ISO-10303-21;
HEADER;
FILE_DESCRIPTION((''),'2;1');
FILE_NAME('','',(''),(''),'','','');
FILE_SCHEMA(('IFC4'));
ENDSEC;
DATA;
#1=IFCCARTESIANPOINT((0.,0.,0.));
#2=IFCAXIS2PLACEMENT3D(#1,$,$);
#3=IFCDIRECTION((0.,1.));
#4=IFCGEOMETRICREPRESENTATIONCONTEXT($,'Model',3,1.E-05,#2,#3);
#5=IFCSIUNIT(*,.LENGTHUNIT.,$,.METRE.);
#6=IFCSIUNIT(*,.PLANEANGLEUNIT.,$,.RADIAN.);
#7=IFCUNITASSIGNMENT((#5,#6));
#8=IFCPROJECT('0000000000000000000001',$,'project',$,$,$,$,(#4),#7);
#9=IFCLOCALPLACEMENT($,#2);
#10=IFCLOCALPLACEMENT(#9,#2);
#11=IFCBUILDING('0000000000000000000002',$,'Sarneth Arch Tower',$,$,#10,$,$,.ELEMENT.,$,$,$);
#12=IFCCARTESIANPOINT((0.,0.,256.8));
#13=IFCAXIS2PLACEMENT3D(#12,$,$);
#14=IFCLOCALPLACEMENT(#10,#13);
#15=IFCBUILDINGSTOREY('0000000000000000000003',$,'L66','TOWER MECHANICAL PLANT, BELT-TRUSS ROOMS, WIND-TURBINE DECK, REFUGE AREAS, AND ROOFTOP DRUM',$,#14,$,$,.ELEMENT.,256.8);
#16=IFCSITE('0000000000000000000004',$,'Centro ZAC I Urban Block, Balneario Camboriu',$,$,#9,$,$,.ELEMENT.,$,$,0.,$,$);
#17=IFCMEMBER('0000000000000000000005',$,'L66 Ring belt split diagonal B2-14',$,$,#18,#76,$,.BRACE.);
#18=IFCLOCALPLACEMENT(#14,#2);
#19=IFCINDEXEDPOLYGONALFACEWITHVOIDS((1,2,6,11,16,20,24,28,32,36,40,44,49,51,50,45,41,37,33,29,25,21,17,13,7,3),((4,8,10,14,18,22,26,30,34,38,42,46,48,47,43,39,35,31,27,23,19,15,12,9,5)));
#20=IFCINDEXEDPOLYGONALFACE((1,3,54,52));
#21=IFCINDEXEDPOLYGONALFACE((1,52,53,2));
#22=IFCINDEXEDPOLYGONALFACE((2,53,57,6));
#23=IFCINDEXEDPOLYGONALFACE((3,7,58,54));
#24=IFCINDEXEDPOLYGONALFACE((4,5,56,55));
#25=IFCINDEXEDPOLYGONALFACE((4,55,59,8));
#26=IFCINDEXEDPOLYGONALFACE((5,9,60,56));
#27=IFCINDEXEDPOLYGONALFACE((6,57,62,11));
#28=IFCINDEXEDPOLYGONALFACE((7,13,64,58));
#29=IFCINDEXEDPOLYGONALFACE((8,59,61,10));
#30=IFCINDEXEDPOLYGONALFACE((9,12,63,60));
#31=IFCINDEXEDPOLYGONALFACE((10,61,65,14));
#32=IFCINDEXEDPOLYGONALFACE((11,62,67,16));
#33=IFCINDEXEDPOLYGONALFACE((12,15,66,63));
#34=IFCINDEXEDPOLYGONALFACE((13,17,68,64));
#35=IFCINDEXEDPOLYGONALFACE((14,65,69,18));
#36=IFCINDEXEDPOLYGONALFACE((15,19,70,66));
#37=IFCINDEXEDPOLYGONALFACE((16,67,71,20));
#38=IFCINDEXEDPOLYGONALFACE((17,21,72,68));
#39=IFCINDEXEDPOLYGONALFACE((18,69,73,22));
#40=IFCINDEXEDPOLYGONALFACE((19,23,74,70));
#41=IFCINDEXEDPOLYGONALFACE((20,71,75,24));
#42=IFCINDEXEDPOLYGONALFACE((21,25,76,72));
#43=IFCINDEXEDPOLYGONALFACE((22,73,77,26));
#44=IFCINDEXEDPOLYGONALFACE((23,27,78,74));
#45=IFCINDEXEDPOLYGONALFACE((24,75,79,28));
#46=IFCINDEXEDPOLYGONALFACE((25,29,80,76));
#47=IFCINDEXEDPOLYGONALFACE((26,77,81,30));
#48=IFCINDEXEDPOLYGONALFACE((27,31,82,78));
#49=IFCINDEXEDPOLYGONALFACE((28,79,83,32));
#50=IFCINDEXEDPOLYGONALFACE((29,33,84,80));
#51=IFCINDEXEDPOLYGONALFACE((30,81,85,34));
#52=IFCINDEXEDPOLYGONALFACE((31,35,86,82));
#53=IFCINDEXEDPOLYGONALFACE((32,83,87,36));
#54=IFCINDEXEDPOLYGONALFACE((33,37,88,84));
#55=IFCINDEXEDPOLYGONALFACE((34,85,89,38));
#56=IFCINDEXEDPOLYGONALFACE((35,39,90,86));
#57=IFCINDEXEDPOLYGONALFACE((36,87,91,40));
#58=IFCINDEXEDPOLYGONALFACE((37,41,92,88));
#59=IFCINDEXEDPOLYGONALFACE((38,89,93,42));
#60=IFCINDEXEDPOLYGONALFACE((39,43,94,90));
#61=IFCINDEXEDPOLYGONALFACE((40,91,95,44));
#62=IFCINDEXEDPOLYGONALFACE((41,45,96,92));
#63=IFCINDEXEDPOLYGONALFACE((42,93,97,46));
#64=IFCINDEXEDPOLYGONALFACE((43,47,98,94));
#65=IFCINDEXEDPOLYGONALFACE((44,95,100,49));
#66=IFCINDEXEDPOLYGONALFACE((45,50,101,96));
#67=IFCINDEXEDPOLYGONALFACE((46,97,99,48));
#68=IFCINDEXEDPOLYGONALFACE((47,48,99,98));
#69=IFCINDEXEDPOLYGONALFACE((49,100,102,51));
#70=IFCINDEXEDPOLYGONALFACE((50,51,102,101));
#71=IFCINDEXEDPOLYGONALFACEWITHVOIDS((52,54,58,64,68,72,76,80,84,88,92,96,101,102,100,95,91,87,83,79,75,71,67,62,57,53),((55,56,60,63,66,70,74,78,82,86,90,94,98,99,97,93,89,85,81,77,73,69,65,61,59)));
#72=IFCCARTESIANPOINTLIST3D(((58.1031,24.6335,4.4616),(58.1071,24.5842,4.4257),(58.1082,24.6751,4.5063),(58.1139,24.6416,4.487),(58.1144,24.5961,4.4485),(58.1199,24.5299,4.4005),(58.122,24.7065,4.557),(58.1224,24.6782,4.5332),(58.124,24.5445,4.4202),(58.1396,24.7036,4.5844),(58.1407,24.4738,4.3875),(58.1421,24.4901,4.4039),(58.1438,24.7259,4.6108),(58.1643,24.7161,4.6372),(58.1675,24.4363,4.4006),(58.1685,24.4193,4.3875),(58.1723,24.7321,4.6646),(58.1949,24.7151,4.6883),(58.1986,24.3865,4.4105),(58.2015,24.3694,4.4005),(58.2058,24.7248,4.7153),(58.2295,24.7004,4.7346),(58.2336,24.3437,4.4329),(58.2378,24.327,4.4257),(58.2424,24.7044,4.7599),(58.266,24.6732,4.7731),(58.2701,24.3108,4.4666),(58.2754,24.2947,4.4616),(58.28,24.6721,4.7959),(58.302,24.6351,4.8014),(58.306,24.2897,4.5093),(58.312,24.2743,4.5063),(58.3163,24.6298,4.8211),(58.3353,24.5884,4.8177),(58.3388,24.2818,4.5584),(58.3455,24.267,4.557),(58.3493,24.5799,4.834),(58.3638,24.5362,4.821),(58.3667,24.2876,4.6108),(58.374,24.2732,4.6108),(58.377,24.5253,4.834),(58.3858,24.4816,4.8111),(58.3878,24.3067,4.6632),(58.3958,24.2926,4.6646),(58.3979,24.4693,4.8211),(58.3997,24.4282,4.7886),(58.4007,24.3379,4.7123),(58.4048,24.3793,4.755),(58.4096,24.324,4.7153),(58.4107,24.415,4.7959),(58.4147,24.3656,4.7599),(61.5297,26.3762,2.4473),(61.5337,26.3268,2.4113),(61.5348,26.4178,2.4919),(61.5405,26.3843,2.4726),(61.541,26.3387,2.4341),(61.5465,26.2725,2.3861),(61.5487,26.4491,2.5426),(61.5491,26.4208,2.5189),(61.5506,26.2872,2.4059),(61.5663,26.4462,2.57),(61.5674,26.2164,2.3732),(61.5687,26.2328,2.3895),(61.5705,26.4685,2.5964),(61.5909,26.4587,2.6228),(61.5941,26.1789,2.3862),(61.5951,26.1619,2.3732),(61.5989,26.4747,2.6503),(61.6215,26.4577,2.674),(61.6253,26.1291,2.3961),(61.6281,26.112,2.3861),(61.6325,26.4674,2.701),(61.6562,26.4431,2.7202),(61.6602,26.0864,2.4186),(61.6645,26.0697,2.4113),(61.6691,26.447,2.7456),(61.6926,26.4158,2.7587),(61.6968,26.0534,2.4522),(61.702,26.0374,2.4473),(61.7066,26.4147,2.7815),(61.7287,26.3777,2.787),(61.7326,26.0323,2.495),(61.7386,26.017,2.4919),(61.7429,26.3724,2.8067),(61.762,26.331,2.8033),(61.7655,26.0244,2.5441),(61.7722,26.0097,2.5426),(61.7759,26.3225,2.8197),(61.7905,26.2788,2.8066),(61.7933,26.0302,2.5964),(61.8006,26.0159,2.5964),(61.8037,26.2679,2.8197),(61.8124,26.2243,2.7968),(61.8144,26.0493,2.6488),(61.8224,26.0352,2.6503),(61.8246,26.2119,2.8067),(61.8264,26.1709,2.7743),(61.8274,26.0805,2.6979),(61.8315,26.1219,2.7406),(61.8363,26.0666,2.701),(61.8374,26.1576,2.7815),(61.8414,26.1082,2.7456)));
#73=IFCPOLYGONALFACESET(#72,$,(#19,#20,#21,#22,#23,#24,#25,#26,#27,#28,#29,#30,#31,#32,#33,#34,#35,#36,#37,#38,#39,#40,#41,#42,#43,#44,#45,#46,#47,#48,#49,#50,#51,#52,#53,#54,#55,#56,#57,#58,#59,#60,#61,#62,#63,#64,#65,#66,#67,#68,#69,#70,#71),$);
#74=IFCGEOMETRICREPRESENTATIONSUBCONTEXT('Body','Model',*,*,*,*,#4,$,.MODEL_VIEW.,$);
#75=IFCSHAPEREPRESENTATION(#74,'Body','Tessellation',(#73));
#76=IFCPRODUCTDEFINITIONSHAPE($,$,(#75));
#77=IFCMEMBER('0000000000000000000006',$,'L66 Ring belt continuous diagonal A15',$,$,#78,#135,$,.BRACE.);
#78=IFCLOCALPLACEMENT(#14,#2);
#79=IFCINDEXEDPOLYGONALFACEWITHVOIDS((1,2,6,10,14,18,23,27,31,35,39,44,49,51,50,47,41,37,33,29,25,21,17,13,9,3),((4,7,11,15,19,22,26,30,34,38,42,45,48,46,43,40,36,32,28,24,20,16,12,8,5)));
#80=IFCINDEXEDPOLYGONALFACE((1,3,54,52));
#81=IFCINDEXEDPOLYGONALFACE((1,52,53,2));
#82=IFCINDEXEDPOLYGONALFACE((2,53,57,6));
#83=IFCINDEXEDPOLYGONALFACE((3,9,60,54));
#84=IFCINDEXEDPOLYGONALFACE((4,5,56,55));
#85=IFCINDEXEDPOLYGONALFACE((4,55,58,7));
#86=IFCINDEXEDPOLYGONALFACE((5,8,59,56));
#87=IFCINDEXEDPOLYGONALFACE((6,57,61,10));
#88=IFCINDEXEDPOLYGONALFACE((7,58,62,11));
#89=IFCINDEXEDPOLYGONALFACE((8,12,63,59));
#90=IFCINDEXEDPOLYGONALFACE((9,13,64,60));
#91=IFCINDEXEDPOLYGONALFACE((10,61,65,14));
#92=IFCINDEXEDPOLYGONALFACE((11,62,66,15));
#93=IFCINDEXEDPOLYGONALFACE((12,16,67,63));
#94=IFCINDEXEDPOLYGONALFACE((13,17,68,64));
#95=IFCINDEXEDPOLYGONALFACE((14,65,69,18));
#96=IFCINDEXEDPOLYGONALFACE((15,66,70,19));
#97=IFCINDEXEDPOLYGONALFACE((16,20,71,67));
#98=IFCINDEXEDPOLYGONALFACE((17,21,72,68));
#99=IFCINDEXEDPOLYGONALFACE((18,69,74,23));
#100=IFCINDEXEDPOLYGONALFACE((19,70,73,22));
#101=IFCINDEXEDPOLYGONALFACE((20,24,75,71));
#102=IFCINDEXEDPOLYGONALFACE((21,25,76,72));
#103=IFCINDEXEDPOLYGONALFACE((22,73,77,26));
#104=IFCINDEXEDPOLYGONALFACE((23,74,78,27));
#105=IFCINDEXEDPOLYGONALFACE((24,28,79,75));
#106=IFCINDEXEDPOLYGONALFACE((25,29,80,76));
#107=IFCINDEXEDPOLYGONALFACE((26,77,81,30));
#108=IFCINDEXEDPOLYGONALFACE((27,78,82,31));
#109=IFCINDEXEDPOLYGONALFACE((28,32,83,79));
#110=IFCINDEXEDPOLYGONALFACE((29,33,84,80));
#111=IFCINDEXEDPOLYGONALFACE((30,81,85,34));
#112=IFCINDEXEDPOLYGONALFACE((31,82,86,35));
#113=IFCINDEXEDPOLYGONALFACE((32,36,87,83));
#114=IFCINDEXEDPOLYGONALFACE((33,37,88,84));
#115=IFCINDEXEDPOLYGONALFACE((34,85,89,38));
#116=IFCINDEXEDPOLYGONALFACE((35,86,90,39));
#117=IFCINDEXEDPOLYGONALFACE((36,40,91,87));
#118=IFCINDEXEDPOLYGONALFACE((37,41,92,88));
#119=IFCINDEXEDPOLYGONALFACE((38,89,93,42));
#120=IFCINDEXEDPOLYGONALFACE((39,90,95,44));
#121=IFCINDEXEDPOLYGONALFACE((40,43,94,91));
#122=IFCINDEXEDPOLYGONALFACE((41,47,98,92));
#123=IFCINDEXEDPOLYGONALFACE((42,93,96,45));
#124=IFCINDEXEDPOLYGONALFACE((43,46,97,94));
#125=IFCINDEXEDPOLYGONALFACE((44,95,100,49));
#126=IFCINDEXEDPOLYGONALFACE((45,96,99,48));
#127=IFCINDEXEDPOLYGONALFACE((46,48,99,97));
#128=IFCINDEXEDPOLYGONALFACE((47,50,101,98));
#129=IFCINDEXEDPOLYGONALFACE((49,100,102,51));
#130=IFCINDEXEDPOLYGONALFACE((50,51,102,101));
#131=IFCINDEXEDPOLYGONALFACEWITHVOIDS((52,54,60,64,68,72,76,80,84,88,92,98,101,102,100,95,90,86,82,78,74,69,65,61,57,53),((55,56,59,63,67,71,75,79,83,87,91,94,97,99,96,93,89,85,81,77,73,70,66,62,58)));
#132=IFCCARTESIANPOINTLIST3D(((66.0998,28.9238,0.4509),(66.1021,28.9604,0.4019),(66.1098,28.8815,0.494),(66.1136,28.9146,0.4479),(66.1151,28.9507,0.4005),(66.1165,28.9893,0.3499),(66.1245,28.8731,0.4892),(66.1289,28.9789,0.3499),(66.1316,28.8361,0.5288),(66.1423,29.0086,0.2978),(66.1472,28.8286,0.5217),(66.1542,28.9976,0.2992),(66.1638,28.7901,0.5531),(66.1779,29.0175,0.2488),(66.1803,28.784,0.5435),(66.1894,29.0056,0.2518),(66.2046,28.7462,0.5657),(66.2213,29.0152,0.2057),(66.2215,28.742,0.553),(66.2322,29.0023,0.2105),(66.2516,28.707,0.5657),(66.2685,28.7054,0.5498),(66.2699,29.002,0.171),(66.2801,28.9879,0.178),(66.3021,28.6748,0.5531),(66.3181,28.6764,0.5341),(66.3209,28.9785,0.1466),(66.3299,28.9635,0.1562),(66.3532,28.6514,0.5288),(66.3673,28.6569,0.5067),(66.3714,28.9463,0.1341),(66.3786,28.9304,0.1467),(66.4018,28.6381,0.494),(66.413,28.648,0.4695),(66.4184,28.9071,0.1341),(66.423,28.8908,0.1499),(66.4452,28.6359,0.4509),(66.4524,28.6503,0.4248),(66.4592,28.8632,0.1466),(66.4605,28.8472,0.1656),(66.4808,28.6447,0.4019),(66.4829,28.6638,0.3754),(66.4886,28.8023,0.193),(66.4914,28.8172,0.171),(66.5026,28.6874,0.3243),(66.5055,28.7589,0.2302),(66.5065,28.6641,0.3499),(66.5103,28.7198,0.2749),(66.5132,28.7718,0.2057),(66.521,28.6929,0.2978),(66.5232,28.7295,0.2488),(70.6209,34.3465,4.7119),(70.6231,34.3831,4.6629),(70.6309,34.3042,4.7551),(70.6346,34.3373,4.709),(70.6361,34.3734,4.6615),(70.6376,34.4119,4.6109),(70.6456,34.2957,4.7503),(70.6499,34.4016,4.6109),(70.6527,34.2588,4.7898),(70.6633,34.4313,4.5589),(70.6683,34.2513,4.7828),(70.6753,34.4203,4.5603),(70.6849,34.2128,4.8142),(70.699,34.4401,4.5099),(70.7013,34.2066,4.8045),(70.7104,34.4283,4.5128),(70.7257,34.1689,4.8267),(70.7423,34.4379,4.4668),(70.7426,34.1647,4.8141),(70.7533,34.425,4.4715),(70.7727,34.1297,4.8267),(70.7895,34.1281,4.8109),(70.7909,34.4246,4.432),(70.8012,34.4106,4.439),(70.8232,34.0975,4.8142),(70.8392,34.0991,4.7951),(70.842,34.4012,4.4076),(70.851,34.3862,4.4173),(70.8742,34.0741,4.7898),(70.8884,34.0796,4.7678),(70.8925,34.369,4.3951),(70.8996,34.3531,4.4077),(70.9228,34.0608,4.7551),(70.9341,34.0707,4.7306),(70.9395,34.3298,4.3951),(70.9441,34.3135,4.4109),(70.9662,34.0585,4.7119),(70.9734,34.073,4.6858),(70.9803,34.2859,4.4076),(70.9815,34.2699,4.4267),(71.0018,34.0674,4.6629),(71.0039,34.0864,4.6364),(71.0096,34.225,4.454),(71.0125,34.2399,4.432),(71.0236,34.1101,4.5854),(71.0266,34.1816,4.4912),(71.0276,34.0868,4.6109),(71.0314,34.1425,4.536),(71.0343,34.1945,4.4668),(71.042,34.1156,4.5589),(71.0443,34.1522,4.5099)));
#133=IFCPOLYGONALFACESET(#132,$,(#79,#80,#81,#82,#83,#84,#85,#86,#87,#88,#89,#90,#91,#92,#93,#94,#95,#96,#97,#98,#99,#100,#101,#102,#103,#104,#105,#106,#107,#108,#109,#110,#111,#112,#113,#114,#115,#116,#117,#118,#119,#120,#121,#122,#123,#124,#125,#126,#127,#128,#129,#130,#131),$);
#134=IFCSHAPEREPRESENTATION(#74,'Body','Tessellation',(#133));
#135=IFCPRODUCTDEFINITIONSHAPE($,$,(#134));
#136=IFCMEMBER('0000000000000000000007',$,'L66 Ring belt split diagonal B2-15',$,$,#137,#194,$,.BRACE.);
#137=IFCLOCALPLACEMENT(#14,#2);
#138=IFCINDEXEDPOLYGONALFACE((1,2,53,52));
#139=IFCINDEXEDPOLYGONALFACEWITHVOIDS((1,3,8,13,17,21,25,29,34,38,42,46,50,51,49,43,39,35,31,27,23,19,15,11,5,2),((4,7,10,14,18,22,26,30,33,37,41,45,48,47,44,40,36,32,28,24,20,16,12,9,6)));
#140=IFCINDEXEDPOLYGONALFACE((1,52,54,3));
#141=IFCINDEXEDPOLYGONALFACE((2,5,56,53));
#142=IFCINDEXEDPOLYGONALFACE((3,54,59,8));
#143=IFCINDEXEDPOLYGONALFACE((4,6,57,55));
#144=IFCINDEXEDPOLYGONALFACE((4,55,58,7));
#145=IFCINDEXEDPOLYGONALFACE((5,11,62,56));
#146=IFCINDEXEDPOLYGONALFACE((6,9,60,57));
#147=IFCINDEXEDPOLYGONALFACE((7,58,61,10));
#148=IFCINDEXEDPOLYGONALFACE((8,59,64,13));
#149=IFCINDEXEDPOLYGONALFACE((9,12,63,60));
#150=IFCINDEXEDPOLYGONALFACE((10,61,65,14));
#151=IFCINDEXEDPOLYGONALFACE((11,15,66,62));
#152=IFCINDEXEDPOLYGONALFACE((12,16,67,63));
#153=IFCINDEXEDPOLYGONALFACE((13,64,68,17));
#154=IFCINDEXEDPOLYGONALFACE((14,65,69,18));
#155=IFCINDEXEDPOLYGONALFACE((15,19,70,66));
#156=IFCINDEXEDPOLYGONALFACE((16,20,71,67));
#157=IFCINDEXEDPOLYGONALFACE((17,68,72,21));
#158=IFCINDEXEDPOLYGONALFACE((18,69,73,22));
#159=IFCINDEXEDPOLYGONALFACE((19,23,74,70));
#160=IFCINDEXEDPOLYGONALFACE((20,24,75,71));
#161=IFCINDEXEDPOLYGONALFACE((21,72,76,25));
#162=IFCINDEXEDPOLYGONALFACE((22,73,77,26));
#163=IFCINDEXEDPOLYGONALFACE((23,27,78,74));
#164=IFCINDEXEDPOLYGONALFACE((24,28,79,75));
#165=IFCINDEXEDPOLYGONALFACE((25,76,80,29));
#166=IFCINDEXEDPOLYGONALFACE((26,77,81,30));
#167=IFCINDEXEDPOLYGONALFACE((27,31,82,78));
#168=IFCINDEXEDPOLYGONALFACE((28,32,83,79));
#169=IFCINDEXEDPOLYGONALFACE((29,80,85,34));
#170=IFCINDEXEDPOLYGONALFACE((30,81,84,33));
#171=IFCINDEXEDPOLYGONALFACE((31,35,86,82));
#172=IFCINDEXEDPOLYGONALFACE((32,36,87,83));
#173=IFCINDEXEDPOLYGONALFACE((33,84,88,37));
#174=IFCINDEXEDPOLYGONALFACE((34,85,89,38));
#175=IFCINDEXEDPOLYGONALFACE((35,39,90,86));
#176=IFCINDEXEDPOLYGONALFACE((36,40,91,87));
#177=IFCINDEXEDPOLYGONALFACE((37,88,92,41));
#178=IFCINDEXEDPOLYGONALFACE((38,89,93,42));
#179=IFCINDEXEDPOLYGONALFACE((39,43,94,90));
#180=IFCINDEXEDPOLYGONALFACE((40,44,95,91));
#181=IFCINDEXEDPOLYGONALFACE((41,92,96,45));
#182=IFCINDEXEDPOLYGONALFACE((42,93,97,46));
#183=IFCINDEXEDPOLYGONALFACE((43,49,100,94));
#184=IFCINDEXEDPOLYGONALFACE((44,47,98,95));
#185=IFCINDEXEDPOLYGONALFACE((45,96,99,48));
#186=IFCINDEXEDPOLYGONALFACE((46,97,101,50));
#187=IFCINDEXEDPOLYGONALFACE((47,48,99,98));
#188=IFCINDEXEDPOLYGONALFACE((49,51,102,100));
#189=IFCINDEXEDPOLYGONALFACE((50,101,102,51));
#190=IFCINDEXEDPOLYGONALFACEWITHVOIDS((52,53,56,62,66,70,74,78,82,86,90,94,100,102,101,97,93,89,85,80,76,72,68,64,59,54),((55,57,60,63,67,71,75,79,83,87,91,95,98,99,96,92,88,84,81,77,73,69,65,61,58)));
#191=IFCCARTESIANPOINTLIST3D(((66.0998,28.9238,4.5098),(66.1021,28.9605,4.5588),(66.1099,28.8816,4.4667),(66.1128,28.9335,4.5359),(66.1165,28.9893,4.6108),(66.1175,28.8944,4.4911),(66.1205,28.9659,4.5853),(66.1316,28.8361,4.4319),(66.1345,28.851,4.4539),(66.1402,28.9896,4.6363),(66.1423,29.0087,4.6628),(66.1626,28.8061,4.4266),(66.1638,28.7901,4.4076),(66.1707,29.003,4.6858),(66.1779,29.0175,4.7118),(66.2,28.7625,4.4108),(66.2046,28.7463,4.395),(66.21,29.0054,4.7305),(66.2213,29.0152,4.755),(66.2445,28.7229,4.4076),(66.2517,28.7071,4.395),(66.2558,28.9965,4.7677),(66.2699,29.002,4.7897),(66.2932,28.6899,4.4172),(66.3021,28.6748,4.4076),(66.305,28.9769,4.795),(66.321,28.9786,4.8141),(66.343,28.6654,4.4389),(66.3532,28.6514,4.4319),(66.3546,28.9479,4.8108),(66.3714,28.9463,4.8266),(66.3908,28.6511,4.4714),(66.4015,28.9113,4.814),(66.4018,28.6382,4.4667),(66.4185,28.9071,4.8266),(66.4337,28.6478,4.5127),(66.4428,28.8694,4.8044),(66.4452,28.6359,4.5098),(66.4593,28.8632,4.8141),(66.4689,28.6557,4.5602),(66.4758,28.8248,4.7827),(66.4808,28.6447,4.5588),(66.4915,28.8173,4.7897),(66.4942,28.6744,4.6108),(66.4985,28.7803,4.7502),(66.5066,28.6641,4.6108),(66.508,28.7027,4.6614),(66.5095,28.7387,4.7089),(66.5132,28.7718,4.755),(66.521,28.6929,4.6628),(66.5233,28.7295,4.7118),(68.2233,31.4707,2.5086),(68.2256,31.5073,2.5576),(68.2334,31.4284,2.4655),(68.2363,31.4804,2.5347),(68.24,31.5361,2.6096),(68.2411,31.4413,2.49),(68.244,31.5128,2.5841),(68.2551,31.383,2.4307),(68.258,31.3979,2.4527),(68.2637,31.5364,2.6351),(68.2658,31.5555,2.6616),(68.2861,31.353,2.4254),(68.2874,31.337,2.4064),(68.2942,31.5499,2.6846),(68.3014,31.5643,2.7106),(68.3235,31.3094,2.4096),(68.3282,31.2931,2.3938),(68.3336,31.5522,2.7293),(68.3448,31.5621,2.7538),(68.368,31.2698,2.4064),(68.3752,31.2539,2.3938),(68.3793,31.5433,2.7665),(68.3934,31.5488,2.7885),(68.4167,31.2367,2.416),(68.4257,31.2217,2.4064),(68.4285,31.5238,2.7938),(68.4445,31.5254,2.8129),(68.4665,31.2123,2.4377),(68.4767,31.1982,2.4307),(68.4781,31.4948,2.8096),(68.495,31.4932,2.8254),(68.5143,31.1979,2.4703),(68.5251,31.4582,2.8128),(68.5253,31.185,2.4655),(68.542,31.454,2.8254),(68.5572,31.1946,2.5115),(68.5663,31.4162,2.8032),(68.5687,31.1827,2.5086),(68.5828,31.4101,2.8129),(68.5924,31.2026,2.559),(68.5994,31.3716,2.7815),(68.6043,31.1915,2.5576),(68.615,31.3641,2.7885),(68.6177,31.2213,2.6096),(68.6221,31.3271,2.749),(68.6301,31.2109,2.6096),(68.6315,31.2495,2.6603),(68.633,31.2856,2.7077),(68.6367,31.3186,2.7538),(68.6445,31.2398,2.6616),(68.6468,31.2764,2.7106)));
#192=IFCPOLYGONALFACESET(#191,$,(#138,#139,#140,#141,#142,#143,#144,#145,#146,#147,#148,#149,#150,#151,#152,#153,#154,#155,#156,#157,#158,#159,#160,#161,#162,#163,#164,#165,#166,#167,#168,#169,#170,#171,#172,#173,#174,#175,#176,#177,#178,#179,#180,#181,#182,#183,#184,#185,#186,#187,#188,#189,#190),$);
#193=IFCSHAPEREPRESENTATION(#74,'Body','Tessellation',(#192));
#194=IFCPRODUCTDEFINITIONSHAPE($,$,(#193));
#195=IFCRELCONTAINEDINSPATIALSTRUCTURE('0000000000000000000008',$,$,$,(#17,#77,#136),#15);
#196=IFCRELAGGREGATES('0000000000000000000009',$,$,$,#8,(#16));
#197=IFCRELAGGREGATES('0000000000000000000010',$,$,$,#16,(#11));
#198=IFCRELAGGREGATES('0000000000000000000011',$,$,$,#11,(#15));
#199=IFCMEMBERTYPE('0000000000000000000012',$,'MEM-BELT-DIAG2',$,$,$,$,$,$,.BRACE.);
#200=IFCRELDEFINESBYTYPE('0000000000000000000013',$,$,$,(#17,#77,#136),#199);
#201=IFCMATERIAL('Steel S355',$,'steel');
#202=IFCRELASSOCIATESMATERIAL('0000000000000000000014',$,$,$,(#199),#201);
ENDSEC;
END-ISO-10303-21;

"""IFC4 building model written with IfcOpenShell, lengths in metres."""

from ifc_helpers import new_model, si_unit, direction, frame, origin, origin_2d, place, context, subcontext, project, spatial, hollow_circle, extrude, material, material_profile, profile_set, type_object, element, save


model = new_model("IFC4")

# Units and contexts
model_context = context("Model", 3, precision=1e-05, world=origin(), true_north=direction((0.0, 1.0)))
body_context = subcontext(model_context, "Body", "Model", "MODEL_VIEW")
ifc_project = project(units=[si_unit("LENGTHUNIT", "METRE"), si_unit("PLANEANGLEUNIT", "RADIAN")], contexts=[model_context])

# Site, building, storey
site_placement = place(None, origin())
site = spatial("IfcSite", under=ifc_project, at=site_placement, Name="Centro ZAC I Urban Block, Balneario Camboriu", CompositionType="ELEMENT", RefElevation=0.0)
building_placement = place(site_placement, origin())
building = spatial("IfcBuilding", under=site, at=building_placement, Name="Sarneth Arch Tower", CompositionType="ELEMENT")
storey_placement = place(building_placement, frame((0.0, 0.0, 256.8)))
storey = spatial("IfcBuildingStorey", under=building, at=storey_placement, Name="L66", Description="TOWER MECHANICAL PLANT, BELT-TRUSS ROOMS, WIND-TURBINE DECK, REFUGE AREAS, AND ROOFTOP DRUM", CompositionType="ELEMENT", Elevation=256.8)

# Members
ifc_material_1 = material(Name="Steel S355", Category="steel")
ifc_material_profile_1 = material_profile(ifc_material_1, hollow_circle(Radius=0.2539, WallThickness=0.0161, at=origin_2d()), Name="CHS508x16")
ifc_profile_set_1 = profile_set([ifc_material_profile_1], Name="Steel S355")
member_type_1 = type_object("IfcMemberType", Name="MEM-BELT-DIAG2", PredefinedType="BRACE", material=ifc_profile_set_1)
member_1_placement = place(storey_placement, frame((61.6855, 26.2422, 2.5964), z_axis=(-0.789538, -0.401519, 0.464126), x_axis=(0.4533, -0.891358, 0.0)))
element("IfcMember", 1, at=member_1_placement, inside=storey, type_object=member_type_1, Name="L66 Ring belt split diagonal B2-14", PredefinedType="BRACE", context=body_context, shape_type="SweptSolid", body=[
    extrude(hollow_circle(Radius=0.2539, WallThickness=0.0161, at=origin_2d()), origin(), (0.0, 0.0, 1.0), 4.3401),
])
member_2_placement = place(storey_placement, frame((66.3115, 28.8267, 0.3499), z_axis=(0.548251, 0.657587, 0.51672), x_axis=(-0.768071, 0.640365, 0.0)))
element("IfcMember", 2, at=member_2_placement, inside=storey, type_object=member_type_1, Name="L66 Ring belt continuous diagonal A15", PredefinedType="BRACE", context=body_context, shape_type="SweptSolid", body=[
    extrude(hollow_circle(Radius=0.2539, WallThickness=0.0161, at=origin_2d()), origin(), (0.0, 0.0, 1.0), 8.2463),
])
member_3_placement = place(storey_placement, frame((68.4351, 31.3735, 2.6096), z_axis=(-0.548279, -0.657581, 0.516698), x_axis=(0.768052, -0.640387, 0.0)))
element("IfcMember", 3, at=member_3_placement, inside=storey, type_object=member_type_1, Name="L66 Ring belt split diagonal B2-15", PredefinedType="BRACE", context=body_context, shape_type="SweptSolid", body=[
    extrude(hollow_circle(Radius=0.2539, WallThickness=0.0161, at=origin_2d()), origin(), (0.0, 0.0, 1.0), 3.873),
])

save(model, "model.ifc")
